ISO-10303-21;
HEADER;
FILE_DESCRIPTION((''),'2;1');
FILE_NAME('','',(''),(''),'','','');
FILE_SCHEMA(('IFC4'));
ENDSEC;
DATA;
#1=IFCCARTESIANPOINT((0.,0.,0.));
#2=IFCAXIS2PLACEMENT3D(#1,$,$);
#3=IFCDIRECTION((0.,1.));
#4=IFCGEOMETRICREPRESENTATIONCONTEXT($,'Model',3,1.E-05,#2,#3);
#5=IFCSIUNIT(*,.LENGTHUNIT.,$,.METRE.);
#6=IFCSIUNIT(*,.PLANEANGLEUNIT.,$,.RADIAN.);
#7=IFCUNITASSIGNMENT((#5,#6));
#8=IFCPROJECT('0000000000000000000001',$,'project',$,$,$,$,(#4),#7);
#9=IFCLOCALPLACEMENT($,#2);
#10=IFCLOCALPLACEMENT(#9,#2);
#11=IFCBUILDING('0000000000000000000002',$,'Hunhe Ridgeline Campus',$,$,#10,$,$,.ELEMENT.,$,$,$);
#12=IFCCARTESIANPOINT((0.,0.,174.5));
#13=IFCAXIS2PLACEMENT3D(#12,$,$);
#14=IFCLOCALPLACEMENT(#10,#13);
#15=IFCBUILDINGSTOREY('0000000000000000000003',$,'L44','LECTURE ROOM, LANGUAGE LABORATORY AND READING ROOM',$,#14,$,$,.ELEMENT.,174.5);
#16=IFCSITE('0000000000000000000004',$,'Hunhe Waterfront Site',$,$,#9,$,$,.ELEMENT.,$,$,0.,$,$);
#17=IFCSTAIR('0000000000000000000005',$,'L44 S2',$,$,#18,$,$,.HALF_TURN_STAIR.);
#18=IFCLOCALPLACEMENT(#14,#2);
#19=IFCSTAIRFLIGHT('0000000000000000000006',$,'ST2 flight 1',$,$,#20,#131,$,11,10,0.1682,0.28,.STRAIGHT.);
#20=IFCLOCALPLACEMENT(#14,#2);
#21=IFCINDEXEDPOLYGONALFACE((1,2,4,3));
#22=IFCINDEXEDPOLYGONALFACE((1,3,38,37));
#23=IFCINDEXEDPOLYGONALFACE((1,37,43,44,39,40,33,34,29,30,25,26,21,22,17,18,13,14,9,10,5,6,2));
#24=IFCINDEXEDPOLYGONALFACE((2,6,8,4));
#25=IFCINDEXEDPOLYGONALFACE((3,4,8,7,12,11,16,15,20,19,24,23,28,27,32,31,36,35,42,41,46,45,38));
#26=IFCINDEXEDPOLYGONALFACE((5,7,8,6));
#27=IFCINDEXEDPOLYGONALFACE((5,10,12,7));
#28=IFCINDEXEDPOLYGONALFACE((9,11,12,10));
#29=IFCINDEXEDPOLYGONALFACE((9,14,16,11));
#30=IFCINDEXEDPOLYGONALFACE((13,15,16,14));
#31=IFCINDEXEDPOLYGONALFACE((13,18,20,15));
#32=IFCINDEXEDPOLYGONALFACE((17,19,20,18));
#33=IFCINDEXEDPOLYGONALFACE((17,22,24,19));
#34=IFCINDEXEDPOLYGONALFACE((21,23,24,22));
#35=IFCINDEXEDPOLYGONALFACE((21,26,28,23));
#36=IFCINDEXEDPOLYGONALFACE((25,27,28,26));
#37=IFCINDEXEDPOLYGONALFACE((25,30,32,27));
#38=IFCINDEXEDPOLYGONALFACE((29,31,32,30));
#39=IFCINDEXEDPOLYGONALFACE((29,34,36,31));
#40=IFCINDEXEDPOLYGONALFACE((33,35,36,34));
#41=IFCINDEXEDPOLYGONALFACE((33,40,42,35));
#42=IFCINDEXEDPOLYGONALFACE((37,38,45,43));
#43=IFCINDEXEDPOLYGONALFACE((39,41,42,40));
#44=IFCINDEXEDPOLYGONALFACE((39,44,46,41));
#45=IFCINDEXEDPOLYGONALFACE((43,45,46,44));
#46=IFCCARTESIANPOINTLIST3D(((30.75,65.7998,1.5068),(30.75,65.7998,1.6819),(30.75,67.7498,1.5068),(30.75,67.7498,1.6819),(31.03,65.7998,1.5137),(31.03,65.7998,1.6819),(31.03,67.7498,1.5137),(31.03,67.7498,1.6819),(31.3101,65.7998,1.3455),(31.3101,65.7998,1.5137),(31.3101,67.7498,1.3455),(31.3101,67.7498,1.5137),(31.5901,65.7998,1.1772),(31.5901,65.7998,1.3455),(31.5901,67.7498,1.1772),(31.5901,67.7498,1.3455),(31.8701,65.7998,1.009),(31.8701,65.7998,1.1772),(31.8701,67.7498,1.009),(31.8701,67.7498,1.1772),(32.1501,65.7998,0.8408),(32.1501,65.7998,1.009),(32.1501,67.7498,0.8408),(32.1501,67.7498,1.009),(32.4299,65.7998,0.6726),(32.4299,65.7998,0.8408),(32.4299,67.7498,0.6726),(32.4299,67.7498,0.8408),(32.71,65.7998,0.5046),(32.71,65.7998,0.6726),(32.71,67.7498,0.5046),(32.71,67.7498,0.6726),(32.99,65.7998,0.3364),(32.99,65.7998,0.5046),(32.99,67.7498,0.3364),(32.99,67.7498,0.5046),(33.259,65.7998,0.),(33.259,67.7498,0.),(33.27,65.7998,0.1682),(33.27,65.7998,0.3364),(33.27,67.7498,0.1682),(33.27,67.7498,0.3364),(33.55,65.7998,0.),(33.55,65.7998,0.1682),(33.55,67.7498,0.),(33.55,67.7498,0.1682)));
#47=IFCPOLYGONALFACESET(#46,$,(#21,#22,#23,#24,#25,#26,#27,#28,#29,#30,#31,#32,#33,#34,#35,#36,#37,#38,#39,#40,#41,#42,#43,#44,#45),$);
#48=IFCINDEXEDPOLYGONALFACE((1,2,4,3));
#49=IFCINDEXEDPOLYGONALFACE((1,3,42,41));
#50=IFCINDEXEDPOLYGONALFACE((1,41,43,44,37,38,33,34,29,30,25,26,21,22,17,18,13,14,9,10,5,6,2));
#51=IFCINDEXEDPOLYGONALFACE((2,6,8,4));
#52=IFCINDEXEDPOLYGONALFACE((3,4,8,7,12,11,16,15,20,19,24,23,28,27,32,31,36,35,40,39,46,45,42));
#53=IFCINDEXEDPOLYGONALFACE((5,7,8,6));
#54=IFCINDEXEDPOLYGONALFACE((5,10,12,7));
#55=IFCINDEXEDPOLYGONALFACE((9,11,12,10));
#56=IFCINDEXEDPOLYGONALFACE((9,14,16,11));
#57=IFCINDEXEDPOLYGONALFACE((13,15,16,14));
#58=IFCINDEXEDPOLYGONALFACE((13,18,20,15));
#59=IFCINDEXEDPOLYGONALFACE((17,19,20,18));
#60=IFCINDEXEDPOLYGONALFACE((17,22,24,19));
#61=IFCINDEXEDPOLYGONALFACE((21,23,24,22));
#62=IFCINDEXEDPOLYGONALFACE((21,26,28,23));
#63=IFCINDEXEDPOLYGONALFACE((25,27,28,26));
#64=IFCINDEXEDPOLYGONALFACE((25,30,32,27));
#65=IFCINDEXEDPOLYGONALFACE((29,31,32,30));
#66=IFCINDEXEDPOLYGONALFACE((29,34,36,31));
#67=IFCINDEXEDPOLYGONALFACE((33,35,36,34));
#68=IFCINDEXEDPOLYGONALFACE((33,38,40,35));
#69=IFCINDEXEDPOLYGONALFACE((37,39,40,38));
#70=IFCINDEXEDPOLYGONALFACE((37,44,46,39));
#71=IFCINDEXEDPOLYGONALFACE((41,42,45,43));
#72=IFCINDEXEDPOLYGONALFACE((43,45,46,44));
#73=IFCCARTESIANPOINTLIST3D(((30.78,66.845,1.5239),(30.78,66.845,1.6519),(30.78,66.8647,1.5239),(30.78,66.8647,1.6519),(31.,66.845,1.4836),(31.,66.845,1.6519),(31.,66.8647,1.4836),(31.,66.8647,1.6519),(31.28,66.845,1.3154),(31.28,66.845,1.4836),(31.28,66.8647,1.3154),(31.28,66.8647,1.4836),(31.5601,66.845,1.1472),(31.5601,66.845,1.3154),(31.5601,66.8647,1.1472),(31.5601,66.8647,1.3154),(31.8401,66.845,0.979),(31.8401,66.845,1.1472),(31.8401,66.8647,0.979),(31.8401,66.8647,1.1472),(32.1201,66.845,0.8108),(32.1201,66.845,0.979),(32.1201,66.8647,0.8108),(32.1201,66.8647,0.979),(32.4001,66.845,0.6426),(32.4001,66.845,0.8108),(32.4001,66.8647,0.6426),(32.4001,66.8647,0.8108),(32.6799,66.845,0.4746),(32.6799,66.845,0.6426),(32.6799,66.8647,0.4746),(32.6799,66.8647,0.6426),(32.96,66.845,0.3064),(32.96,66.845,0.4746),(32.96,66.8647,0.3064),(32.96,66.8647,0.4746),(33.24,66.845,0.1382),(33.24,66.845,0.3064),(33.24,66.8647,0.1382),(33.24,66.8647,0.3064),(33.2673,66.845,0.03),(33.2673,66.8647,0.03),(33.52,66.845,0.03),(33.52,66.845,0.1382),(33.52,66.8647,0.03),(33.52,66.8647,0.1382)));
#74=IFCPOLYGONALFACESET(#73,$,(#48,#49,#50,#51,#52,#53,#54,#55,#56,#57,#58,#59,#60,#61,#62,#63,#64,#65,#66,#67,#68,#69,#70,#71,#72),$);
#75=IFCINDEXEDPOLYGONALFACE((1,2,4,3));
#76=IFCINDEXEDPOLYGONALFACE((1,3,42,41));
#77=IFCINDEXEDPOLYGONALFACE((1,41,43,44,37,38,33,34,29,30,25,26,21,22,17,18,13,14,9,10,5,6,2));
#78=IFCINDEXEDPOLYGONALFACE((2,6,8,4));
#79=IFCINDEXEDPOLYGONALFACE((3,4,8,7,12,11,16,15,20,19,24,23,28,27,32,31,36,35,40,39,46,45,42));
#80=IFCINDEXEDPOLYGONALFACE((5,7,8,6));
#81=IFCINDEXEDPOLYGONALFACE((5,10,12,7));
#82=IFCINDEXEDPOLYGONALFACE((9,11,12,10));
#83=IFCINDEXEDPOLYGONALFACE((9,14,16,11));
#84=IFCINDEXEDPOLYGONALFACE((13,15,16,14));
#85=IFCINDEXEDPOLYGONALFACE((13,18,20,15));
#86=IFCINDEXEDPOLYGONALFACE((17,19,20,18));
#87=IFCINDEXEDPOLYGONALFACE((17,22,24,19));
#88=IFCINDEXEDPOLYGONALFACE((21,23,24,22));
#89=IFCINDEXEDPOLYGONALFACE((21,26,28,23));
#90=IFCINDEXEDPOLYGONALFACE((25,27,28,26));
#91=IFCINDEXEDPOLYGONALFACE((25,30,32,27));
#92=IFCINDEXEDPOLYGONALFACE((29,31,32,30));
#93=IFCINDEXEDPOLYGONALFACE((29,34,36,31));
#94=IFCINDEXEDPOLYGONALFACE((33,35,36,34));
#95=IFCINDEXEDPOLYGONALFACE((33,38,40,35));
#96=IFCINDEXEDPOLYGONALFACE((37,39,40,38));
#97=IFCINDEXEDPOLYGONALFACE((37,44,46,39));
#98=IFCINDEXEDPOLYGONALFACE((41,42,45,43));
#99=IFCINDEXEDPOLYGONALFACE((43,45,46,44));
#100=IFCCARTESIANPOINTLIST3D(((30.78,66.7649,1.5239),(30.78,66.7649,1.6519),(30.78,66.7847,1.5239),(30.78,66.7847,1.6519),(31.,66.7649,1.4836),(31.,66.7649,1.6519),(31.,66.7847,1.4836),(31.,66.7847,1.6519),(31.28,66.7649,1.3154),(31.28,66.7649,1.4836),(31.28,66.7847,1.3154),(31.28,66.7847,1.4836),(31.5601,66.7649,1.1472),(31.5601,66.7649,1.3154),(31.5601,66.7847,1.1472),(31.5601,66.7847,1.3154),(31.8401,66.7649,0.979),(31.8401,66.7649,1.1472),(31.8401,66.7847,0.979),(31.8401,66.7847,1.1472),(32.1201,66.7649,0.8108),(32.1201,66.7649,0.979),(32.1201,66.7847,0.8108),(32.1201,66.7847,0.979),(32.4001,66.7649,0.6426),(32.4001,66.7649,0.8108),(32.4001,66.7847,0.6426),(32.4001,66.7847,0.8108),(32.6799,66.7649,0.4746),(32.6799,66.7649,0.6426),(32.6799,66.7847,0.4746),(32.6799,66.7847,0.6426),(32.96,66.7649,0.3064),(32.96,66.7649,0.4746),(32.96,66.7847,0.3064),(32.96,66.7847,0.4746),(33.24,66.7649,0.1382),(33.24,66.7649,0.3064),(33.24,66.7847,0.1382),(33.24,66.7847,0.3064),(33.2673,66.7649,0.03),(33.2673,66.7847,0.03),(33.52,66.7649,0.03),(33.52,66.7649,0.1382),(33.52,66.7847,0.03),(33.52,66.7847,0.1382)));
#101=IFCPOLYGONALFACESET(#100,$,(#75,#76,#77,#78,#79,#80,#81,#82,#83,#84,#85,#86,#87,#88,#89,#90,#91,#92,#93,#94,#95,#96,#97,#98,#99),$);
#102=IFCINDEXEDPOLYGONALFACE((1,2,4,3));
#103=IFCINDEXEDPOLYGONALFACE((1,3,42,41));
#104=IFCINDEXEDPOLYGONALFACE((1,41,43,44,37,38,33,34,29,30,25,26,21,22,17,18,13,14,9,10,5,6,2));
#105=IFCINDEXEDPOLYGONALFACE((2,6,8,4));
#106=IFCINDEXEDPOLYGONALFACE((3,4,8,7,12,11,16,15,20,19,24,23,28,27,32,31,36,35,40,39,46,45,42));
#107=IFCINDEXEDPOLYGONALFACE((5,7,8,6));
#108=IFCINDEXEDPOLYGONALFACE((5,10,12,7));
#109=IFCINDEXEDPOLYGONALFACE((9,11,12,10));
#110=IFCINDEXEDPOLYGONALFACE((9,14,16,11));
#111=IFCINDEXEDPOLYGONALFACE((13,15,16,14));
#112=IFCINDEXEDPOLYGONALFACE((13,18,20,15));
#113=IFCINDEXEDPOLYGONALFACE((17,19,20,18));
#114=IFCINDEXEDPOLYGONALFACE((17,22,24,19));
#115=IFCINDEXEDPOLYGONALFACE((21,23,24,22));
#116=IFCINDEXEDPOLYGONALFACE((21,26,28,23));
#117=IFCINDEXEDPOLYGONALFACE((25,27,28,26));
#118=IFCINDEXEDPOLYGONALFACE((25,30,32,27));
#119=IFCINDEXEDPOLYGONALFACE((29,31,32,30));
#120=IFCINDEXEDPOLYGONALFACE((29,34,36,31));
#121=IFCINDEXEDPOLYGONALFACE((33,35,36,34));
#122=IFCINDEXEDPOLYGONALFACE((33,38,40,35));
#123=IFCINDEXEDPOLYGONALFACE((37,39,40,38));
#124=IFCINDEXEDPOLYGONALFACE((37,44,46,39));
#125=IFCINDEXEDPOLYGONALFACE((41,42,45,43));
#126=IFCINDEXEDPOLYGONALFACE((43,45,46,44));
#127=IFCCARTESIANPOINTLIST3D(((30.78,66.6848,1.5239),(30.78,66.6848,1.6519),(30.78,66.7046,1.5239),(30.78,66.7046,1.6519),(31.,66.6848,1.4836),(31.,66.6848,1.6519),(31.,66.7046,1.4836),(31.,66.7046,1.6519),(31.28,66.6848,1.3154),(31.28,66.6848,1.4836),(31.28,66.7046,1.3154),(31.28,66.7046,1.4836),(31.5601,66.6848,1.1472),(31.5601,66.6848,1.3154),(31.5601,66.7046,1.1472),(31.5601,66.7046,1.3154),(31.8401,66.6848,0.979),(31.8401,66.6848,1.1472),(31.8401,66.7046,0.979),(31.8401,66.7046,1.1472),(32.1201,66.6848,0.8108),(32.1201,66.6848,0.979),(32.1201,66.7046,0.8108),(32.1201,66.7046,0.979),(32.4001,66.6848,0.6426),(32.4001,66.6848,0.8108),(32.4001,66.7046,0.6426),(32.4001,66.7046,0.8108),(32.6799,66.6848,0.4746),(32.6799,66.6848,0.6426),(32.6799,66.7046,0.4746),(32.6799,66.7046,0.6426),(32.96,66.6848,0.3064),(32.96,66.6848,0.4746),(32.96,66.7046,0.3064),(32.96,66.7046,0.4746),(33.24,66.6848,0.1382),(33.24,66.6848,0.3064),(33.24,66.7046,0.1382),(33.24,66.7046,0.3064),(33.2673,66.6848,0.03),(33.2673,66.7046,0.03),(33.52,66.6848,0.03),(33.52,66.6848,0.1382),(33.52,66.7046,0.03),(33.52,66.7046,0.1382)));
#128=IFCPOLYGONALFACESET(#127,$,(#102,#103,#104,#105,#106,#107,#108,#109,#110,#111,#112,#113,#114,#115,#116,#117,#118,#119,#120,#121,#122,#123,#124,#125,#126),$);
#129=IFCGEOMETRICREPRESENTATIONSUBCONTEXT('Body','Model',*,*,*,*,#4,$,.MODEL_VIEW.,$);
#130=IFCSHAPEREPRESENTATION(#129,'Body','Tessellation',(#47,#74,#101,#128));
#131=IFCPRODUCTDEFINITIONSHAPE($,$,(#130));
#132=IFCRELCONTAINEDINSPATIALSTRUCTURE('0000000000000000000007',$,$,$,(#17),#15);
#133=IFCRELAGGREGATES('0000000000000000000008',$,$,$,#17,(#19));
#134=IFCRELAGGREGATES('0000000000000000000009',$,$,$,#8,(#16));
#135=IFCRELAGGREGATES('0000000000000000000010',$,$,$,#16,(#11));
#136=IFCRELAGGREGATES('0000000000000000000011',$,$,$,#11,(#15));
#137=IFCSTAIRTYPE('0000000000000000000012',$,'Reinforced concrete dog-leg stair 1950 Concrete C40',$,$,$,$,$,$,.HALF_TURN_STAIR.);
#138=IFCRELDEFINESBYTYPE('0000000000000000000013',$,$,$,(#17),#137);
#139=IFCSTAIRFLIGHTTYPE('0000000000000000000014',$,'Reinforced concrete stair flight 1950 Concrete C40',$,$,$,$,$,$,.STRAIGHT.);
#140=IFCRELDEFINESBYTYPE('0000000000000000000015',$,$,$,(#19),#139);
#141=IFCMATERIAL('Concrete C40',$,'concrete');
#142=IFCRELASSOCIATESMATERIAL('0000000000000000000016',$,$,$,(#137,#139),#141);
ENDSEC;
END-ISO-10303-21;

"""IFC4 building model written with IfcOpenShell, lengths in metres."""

from ifc_helpers import new_model, si_unit, direction, frame, origin, place, context, subcontext, project, spatial, polyline, outline, extrude, material, type_object, element, aggregate, save


model = new_model("IFC4")

# Units and contexts
model_context = context("Model", 3, precision=1e-05, world=origin(), true_north=direction((0.0, 1.0)))
body_context = subcontext(model_context, "Body", "Model", "MODEL_VIEW")
ifc_project = project(units=[si_unit("LENGTHUNIT", "METRE"), si_unit("PLANEANGLEUNIT", "RADIAN")], contexts=[model_context])

# Site, building, storey
site_placement = place(None, origin())
site = spatial("IfcSite", under=ifc_project, at=site_placement, Name="Hunhe Waterfront Site", CompositionType="ELEMENT", RefElevation=0.0)
building_placement = place(site_placement, origin())
building = spatial("IfcBuilding", under=site, at=building_placement, Name="Hunhe Ridgeline Campus", CompositionType="ELEMENT")
storey_placement = place(building_placement, frame((0.0, 0.0, 174.5)))
storey = spatial("IfcBuildingStorey", under=building, at=storey_placement, Name="L44", Description="LECTURE ROOM, LANGUAGE LABORATORY AND READING ROOM", CompositionType="ELEMENT", Elevation=174.5)

# Stair, stair flight
ifc_material_1 = material(Name="Concrete C40", Category="concrete")
stair_type = type_object("IfcStairType", Name="Reinforced concrete dog-leg stair 1950 Concrete C40", PredefinedType="HALF_TURN_STAIR", material=ifc_material_1)
stair_placement = place(storey_placement, origin())
stair = element("IfcStair", 1, at=stair_placement, inside=storey, type_object=stair_type, Name="L44 S2", PredefinedType="HALF_TURN_STAIR")
stair_flight_type = type_object("IfcStairFlightType", Name="Reinforced concrete stair flight 1950 Concrete C40", PredefinedType="STRAIGHT", material=ifc_material_1)
stair_flight_1_placement = place(storey_placement, frame((33.55, 66.7749, 0.0), z_axis=(0.0, 0.0, 1.0), x_axis=(-1.0, 0.0, 0.0)))
stair_flight_1 = element("IfcStairFlight", 2, at=stair_flight_1_placement, type_object=stair_flight_type, Name="ST2 flight 1", NumberOfRisers=11, NumberOfTreads=10, PredefinedType="STRAIGHT", RiserHeight=0.1682, TreadLength=0.28, context=body_context, shape_type="SweptSolid", body=[
    extrude(outline(polyline([(0.0, 0.0), (0.0, 0.1682), (0.28, 0.1682), (0.28, 0.3364), (0.5601, 0.3364), (0.5601, 0.5046), (0.8401, 0.5046), (0.8401, 0.6726), (1.1201, 0.6726), (1.1201, 0.8408), (1.3999, 0.8408), (1.3999, 1.009), (1.6799, 1.009), (1.6799, 1.1772), (1.96, 1.1772), (1.96, 1.3455), (2.24, 1.3455), (2.24, 1.5137), (2.52, 1.5137), (2.52, 1.6819), (2.8, 1.6819), (2.8, 1.8501), (2.8, 1.5068), (0.291, 0.0), (0.0, 0.0)])), frame((0.0, 0.9751, 0.0), z_axis=(0.0, -1.0, 0.0), x_axis=(1.0, 0.0, 0.0)), (0.0, 0.0, 1.0), 1.95),
    extrude(outline(polyline([(0.03, 0.03), (0.03, 0.1382), (0.3101, 0.1382), (0.3101, 0.3064), (0.5901, 0.3064), (0.5901, 0.4746), (0.8701, 0.4746), (0.8701, 0.6426), (1.1499, 0.6426), (1.1499, 0.8108), (1.4299, 0.8108), (1.4299, 0.979), (1.71, 0.979), (1.71, 1.1472), (1.99, 1.1472), (1.99, 1.3154), (2.27, 1.3154), (2.27, 1.4836), (2.55, 1.4836), (2.55, 1.6519), (2.77, 1.6519), (2.77, 1.5239), (0.2827, 0.03), (0.03, 0.03)])), frame((0.0, -0.0701, 0.0), z_axis=(0.0, -1.0, 0.0), x_axis=(1.0, 0.0, 0.0)), (0.0, 0.0, 1.0), 0.0198),
    extrude(outline(polyline([(0.03, 0.03), (0.03, 0.1382), (0.3101, 0.1382), (0.3101, 0.3064), (0.5901, 0.3064), (0.5901, 0.4746), (0.8701, 0.4746), (0.8701, 0.6426), (1.1499, 0.6426), (1.1499, 0.8108), (1.4299, 0.8108), (1.4299, 0.979), (1.71, 0.979), (1.71, 1.1472), (1.99, 1.1472), (1.99, 1.3154), (2.27, 1.3154), (2.27, 1.4836), (2.55, 1.4836), (2.55, 1.6519), (2.77, 1.6519), (2.77, 1.5239), (0.2827, 0.03), (0.03, 0.03)])), frame((0.0, 0.01, 0.0), z_axis=(0.0, -1.0, 0.0), x_axis=(1.0, 0.0, 0.0)), (0.0, 0.0, 1.0), 0.0198),
    extrude(outline(polyline([(0.03, 0.03), (0.03, 0.1382), (0.3101, 0.1382), (0.3101, 0.3064), (0.5901, 0.3064), (0.5901, 0.4746), (0.8701, 0.4746), (0.8701, 0.6426), (1.1499, 0.6426), (1.1499, 0.8108), (1.4299, 0.8108), (1.4299, 0.979), (1.71, 0.979), (1.71, 1.1472), (1.99, 1.1472), (1.99, 1.3154), (2.27, 1.3154), (2.27, 1.4836), (2.55, 1.4836), (2.55, 1.6519), (2.77, 1.6519), (2.77, 1.5239), (0.2827, 0.03), (0.03, 0.03)])), frame((0.0, 0.0901, 0.0), z_axis=(0.0, -1.0, 0.0), x_axis=(1.0, 0.0, 0.0)), (0.0, 0.0, 1.0), 0.0198),
])
aggregate(stair, [stair_flight_1])

save(model, "model.ifc")
